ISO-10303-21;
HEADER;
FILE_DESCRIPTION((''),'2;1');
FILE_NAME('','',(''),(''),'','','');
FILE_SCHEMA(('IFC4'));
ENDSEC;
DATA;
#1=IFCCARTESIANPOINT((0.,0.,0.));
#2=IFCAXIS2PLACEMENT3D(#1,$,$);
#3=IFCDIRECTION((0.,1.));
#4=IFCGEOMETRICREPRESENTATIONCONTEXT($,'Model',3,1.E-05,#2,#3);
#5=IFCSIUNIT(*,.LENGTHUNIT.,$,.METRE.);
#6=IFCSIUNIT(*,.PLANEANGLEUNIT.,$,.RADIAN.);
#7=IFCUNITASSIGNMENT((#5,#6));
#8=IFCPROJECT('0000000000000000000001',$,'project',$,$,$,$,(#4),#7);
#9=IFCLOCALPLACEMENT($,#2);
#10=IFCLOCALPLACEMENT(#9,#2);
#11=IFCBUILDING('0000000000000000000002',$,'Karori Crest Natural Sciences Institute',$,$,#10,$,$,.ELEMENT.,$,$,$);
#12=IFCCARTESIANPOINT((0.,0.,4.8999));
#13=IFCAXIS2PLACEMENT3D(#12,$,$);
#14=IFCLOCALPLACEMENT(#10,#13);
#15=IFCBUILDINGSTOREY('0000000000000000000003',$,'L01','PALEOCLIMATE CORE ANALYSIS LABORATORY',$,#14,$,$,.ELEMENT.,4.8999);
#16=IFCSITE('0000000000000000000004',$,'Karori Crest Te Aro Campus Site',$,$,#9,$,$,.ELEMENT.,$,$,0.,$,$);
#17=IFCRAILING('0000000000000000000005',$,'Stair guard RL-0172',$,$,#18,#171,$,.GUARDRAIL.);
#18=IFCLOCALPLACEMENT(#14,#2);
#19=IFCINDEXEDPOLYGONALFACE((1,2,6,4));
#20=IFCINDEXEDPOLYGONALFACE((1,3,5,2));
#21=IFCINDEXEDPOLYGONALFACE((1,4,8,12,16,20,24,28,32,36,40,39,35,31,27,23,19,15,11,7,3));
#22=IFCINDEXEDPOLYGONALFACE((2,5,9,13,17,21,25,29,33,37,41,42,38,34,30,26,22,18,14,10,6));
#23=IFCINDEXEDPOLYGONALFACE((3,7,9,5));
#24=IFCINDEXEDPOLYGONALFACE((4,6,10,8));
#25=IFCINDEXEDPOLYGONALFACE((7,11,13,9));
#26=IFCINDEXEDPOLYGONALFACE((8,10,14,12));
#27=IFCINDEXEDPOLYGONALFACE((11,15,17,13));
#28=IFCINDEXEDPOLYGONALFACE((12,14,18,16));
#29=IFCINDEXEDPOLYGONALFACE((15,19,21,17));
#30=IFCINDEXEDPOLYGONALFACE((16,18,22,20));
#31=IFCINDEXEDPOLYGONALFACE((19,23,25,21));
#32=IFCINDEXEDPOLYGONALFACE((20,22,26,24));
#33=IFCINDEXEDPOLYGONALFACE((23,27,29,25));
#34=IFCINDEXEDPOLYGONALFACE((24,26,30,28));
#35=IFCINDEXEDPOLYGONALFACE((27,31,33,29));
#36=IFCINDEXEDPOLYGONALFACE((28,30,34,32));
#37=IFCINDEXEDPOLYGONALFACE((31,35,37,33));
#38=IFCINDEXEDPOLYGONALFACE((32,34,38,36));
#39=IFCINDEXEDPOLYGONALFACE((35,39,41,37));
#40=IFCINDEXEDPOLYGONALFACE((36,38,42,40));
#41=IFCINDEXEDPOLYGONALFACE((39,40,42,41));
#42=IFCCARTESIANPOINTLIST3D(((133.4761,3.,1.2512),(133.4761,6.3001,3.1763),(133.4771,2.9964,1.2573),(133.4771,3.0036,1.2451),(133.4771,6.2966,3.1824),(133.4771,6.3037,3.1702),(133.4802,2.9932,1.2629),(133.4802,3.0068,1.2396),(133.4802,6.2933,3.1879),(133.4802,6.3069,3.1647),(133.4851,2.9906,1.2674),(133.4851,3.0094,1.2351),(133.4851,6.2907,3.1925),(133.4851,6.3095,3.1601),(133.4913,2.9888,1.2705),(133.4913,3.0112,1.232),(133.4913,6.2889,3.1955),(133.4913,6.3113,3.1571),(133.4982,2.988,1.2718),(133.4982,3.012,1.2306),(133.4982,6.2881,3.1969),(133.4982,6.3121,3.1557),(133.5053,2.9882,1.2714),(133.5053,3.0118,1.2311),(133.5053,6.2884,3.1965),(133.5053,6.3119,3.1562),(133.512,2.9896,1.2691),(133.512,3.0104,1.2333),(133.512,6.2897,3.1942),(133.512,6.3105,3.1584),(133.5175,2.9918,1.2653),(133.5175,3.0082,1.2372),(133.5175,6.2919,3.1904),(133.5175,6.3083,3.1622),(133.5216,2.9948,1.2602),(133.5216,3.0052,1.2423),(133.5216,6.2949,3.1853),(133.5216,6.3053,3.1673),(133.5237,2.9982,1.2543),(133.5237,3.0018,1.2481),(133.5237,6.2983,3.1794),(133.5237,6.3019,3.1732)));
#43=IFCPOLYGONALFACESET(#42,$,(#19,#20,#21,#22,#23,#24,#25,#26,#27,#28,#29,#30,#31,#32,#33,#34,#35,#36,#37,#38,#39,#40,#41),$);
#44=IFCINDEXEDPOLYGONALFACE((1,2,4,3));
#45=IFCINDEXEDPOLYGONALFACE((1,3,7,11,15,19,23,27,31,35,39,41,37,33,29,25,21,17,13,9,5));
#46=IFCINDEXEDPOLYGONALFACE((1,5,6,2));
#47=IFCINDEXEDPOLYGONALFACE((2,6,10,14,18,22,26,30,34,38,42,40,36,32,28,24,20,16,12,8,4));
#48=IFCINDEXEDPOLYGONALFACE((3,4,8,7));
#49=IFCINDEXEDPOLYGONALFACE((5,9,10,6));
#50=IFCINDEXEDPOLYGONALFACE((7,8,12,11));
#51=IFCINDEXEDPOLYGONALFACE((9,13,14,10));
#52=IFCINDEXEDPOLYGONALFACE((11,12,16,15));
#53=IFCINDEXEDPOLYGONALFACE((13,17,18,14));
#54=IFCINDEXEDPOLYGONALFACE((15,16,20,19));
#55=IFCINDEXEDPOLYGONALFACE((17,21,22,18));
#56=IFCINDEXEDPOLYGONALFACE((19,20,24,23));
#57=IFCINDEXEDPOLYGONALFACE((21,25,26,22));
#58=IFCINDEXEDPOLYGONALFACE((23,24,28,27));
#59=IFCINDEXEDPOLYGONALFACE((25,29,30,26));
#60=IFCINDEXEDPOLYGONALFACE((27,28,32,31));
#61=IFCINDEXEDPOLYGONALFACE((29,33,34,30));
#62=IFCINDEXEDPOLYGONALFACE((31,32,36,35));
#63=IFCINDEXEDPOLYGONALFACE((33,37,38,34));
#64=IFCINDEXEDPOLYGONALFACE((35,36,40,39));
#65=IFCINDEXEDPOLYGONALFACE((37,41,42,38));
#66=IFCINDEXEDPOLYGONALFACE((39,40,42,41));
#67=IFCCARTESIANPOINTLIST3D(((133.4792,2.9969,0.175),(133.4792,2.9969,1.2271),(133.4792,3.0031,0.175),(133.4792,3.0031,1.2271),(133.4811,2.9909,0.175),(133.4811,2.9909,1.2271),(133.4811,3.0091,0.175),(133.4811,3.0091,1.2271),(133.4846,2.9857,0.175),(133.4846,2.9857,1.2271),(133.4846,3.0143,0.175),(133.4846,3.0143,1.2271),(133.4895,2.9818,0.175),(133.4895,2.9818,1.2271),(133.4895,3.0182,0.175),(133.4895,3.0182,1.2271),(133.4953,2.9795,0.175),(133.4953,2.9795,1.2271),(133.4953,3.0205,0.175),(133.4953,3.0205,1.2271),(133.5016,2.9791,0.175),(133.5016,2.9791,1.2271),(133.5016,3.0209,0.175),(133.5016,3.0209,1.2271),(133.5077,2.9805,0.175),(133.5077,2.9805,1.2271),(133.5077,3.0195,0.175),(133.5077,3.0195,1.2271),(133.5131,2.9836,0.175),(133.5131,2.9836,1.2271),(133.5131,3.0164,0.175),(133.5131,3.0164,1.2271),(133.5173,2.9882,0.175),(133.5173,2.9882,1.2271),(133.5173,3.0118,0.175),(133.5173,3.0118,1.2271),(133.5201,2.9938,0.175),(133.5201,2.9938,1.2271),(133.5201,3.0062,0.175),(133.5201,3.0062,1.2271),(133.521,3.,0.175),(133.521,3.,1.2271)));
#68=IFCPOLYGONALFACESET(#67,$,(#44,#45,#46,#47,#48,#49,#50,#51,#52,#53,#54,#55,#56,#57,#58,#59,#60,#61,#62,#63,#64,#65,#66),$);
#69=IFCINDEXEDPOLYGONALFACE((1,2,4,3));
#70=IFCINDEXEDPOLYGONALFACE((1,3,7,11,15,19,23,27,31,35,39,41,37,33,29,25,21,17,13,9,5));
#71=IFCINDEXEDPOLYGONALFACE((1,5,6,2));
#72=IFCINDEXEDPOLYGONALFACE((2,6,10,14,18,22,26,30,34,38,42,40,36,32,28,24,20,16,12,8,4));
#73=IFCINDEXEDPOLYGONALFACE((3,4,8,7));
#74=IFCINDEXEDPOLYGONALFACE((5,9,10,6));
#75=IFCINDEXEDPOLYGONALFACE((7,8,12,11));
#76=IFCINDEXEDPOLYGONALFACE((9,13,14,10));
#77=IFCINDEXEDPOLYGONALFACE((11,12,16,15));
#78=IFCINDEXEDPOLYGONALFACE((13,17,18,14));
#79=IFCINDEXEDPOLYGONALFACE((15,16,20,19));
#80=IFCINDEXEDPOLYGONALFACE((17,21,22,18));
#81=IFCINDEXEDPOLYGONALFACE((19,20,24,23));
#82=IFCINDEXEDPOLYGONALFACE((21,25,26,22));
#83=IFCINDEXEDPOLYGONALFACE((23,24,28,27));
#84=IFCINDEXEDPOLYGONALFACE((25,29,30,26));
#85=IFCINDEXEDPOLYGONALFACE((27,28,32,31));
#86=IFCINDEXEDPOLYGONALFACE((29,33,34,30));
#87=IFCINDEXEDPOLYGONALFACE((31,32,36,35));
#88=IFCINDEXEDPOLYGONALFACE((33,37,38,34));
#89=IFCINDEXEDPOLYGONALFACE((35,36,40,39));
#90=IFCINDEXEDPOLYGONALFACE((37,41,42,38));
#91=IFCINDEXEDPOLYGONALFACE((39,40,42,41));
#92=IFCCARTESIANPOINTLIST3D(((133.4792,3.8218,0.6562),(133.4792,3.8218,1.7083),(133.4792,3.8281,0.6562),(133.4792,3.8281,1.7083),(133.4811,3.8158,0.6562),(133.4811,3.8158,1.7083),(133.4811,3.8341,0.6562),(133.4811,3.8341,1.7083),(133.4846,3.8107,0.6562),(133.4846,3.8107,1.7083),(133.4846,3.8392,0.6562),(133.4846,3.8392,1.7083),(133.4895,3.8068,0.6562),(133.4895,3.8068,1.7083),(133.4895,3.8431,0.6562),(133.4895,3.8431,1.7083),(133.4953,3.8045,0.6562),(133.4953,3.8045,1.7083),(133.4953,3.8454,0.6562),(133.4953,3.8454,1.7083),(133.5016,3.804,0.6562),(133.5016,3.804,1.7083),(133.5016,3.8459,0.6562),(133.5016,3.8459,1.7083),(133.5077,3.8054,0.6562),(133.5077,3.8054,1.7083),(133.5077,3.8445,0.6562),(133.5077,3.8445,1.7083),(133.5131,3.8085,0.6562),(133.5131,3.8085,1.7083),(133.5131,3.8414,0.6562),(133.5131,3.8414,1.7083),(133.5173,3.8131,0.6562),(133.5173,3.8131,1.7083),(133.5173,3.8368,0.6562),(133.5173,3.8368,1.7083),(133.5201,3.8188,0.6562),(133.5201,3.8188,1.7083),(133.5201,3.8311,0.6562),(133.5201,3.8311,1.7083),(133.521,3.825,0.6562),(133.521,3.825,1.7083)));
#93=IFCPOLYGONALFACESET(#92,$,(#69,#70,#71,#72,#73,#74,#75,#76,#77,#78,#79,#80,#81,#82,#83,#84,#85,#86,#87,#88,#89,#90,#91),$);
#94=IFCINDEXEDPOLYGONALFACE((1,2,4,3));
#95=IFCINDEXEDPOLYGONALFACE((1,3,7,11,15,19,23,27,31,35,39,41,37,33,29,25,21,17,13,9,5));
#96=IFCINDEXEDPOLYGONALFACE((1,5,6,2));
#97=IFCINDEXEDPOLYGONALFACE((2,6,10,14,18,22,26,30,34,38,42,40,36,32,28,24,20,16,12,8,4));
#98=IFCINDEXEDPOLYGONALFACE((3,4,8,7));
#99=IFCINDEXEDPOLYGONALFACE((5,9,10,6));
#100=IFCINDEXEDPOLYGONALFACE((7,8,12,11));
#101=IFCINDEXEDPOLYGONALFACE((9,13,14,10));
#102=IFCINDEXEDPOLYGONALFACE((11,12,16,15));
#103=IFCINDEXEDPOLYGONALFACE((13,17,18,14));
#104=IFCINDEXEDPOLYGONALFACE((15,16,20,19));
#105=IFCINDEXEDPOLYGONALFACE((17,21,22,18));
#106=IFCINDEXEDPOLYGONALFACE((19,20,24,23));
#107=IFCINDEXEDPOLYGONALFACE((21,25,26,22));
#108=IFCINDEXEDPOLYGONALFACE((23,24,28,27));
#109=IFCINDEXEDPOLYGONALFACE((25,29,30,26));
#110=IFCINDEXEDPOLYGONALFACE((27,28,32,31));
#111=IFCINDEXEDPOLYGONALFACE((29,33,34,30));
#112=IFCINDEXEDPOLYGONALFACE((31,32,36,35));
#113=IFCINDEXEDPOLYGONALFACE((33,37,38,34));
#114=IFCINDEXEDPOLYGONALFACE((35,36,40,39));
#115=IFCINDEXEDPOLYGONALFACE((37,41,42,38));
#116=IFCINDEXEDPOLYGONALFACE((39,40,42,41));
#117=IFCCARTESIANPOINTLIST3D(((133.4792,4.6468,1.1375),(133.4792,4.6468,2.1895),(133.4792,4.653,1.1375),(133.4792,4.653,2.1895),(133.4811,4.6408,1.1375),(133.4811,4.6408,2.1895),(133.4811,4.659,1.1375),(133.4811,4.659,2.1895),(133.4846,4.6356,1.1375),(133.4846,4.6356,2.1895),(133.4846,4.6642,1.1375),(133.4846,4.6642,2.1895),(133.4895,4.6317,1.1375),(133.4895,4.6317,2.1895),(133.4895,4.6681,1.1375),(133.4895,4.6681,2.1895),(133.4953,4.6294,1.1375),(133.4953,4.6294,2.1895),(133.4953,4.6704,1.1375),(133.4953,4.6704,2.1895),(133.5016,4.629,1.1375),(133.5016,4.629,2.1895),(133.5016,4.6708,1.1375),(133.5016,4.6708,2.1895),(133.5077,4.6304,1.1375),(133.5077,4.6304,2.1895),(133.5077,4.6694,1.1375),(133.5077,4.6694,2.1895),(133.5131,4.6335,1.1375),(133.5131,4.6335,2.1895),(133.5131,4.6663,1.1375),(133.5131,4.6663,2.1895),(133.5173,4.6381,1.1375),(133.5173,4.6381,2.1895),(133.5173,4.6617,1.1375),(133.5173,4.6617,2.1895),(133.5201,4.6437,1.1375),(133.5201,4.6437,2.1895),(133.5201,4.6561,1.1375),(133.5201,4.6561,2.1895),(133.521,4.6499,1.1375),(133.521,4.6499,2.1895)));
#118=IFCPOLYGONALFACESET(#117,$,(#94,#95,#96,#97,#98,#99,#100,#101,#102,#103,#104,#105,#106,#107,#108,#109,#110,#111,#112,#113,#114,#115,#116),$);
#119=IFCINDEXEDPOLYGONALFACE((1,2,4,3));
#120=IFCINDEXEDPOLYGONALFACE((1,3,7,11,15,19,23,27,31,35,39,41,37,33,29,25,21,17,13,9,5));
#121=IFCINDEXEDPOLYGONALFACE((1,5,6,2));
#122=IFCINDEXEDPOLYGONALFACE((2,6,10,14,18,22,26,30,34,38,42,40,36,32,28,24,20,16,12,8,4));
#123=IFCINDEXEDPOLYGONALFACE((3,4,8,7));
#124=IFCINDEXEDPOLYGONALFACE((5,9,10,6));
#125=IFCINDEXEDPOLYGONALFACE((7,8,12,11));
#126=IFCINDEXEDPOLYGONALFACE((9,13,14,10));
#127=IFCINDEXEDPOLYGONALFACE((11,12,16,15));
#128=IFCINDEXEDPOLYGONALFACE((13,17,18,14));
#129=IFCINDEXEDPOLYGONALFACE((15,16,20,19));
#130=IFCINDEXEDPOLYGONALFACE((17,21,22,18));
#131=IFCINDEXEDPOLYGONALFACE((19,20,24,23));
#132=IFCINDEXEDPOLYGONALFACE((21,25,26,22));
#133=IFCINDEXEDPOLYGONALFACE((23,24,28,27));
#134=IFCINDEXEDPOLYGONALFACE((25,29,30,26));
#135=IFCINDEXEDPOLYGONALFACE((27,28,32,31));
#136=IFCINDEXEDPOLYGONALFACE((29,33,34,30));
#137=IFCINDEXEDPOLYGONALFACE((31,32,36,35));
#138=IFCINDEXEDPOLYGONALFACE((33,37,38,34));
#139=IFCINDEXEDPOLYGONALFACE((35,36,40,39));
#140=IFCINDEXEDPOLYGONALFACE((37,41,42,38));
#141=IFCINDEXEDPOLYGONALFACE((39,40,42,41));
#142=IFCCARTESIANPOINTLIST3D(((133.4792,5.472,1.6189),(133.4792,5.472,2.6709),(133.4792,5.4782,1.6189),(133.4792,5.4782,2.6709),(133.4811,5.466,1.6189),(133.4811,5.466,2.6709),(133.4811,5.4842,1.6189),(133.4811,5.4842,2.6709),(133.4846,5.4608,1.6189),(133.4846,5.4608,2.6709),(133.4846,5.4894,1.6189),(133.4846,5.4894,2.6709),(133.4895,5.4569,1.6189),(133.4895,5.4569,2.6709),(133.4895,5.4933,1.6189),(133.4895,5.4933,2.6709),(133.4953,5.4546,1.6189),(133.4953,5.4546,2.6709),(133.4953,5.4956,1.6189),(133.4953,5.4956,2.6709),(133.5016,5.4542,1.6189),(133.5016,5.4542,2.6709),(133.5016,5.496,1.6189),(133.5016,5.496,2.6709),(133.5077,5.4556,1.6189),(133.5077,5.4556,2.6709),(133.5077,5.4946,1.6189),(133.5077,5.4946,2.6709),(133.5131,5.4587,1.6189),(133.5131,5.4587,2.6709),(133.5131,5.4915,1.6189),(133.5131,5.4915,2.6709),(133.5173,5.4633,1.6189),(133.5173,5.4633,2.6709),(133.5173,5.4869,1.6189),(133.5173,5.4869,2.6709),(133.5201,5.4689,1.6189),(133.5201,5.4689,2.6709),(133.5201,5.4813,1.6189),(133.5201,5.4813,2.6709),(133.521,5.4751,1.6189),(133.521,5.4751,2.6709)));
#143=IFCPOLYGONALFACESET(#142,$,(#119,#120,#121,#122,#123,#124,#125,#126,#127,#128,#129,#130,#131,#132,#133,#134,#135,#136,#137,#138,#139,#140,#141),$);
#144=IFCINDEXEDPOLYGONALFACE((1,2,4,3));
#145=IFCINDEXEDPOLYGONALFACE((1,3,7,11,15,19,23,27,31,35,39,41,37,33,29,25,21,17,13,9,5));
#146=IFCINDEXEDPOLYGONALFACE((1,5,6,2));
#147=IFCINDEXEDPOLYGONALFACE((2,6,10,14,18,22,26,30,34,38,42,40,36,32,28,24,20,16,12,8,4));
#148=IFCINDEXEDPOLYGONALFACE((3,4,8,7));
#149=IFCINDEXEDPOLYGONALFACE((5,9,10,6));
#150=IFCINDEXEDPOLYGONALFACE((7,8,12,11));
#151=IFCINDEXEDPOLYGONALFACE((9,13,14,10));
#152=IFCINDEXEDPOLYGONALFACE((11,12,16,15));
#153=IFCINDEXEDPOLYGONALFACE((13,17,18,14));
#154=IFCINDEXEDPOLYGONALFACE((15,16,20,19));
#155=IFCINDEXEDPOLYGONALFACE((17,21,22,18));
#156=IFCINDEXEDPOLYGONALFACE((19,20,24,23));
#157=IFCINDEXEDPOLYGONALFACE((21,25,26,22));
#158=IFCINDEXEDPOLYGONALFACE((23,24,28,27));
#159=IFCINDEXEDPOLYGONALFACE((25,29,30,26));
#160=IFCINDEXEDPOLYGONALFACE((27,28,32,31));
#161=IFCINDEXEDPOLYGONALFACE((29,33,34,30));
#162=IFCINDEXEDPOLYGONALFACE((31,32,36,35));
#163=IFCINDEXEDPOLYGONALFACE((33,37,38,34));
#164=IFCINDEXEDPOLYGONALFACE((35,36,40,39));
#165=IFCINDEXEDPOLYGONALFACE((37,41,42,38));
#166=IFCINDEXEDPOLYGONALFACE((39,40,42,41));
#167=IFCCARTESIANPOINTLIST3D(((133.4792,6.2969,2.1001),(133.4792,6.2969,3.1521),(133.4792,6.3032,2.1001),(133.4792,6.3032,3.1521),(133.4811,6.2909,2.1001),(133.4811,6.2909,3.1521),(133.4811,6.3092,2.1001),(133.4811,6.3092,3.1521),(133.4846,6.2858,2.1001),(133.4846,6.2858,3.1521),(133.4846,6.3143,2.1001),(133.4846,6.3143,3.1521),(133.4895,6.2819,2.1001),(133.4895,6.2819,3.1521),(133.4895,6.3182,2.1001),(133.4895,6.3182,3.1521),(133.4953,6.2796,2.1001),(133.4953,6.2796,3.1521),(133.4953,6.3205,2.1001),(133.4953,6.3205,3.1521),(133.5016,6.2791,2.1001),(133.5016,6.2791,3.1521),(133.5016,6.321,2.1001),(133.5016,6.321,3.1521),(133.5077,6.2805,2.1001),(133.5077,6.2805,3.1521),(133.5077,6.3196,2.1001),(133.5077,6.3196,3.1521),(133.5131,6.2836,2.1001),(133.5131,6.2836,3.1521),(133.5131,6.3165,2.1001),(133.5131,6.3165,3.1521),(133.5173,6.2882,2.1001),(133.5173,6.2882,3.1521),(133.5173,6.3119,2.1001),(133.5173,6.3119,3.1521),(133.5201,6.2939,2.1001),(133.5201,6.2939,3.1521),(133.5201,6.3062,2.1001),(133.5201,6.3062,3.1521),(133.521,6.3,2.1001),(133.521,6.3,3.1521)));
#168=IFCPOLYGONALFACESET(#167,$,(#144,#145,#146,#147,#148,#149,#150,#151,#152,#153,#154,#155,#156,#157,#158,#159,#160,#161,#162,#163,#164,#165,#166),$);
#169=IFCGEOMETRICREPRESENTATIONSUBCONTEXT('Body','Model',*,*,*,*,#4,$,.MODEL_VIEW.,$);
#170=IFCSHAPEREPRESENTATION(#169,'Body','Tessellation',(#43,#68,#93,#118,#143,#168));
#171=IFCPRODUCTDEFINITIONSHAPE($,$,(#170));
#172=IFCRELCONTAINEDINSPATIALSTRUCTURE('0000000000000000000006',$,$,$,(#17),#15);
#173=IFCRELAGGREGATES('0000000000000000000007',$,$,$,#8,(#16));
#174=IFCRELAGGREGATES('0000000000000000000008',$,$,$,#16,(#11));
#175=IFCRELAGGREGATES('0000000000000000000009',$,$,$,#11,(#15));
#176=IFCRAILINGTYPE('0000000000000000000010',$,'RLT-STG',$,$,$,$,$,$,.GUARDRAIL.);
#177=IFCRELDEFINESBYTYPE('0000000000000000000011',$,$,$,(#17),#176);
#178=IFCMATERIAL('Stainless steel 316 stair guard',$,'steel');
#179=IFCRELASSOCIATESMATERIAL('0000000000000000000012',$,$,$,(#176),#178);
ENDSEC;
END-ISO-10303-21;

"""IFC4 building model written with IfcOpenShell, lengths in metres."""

from ifc_helpers import new_model, si_unit, direction, frame, origin, origin_2d, place, context, subcontext, project, spatial, circle, extrude, material, type_object, element, save


model = new_model("IFC4")

# Units and contexts
model_context = context("Model", 3, precision=1e-05, world=origin(), true_north=direction((0.0, 1.0)))
body_context = subcontext(model_context, "Body", "Model", "MODEL_VIEW")
ifc_project = project(units=[si_unit("LENGTHUNIT", "METRE"), si_unit("PLANEANGLEUNIT", "RADIAN")], contexts=[model_context])

# Site, building, storey
site_placement = place(None, origin())
site = spatial("IfcSite", under=ifc_project, at=site_placement, Name="Karori Crest Te Aro Campus Site", CompositionType="ELEMENT", RefElevation=0.0)
building_placement = place(site_placement, origin())
building = spatial("IfcBuilding", under=site, at=building_placement, Name="Karori Crest Natural Sciences Institute", CompositionType="ELEMENT")
storey_placement = place(building_placement, frame((0.0, 0.0, 4.8999)))
storey = spatial("IfcBuildingStorey", under=building, at=storey_placement, Name="L01", Description="PALEOCLIMATE CORE ANALYSIS LABORATORY", CompositionType="ELEMENT", Elevation=4.8999)

# Railing
ifc_material_1 = material(Name="Stainless steel 316 stair guard", Category="steel")
railing_type_1 = type_object("IfcRailingType", Name="RLT-STG", PredefinedType="GUARDRAIL", material=ifc_material_1)
railing_1_placement = place(storey_placement, frame((133.5, 3.0, 0.175)))
element("IfcRailing", 1, at=railing_1_placement, inside=storey, type_object=railing_type_1, Name="Stair guard RL-0172", PredefinedType="GUARDRAIL", context=body_context, shape_type="SweptSolid", body=[
    extrude(circle(Radius=0.0239, at=origin_2d()), frame((0.0, 0.0, 1.0762), z_axis=(0.0, 0.863777, 0.503875), x_axis=(-1.0, 0.0, 0.0)), (0.0, 0.0, 1.0), 3.8206),
    extrude(circle(Radius=0.021, at=origin_2d()), origin(), (0.0, 0.0, 1.0), 1.052),
    extrude(circle(Radius=0.021, at=origin_2d()), frame((0.0, 0.825, 0.4812)), (0.0, 0.0, 1.0), 1.052),
    extrude(circle(Radius=0.021, at=origin_2d()), frame((0.0, 1.6499, 0.9624)), (0.0, 0.0, 1.0), 1.052),
    extrude(circle(Radius=0.021, at=origin_2d()), frame((0.0, 2.4751, 1.4438)), (0.0, 0.0, 1.0), 1.052),
    extrude(circle(Radius=0.021, at=origin_2d()), frame((0.0, 3.3, 1.925)), (0.0, 0.0, 1.0), 1.052),
])

save(model, "model.ifc")
